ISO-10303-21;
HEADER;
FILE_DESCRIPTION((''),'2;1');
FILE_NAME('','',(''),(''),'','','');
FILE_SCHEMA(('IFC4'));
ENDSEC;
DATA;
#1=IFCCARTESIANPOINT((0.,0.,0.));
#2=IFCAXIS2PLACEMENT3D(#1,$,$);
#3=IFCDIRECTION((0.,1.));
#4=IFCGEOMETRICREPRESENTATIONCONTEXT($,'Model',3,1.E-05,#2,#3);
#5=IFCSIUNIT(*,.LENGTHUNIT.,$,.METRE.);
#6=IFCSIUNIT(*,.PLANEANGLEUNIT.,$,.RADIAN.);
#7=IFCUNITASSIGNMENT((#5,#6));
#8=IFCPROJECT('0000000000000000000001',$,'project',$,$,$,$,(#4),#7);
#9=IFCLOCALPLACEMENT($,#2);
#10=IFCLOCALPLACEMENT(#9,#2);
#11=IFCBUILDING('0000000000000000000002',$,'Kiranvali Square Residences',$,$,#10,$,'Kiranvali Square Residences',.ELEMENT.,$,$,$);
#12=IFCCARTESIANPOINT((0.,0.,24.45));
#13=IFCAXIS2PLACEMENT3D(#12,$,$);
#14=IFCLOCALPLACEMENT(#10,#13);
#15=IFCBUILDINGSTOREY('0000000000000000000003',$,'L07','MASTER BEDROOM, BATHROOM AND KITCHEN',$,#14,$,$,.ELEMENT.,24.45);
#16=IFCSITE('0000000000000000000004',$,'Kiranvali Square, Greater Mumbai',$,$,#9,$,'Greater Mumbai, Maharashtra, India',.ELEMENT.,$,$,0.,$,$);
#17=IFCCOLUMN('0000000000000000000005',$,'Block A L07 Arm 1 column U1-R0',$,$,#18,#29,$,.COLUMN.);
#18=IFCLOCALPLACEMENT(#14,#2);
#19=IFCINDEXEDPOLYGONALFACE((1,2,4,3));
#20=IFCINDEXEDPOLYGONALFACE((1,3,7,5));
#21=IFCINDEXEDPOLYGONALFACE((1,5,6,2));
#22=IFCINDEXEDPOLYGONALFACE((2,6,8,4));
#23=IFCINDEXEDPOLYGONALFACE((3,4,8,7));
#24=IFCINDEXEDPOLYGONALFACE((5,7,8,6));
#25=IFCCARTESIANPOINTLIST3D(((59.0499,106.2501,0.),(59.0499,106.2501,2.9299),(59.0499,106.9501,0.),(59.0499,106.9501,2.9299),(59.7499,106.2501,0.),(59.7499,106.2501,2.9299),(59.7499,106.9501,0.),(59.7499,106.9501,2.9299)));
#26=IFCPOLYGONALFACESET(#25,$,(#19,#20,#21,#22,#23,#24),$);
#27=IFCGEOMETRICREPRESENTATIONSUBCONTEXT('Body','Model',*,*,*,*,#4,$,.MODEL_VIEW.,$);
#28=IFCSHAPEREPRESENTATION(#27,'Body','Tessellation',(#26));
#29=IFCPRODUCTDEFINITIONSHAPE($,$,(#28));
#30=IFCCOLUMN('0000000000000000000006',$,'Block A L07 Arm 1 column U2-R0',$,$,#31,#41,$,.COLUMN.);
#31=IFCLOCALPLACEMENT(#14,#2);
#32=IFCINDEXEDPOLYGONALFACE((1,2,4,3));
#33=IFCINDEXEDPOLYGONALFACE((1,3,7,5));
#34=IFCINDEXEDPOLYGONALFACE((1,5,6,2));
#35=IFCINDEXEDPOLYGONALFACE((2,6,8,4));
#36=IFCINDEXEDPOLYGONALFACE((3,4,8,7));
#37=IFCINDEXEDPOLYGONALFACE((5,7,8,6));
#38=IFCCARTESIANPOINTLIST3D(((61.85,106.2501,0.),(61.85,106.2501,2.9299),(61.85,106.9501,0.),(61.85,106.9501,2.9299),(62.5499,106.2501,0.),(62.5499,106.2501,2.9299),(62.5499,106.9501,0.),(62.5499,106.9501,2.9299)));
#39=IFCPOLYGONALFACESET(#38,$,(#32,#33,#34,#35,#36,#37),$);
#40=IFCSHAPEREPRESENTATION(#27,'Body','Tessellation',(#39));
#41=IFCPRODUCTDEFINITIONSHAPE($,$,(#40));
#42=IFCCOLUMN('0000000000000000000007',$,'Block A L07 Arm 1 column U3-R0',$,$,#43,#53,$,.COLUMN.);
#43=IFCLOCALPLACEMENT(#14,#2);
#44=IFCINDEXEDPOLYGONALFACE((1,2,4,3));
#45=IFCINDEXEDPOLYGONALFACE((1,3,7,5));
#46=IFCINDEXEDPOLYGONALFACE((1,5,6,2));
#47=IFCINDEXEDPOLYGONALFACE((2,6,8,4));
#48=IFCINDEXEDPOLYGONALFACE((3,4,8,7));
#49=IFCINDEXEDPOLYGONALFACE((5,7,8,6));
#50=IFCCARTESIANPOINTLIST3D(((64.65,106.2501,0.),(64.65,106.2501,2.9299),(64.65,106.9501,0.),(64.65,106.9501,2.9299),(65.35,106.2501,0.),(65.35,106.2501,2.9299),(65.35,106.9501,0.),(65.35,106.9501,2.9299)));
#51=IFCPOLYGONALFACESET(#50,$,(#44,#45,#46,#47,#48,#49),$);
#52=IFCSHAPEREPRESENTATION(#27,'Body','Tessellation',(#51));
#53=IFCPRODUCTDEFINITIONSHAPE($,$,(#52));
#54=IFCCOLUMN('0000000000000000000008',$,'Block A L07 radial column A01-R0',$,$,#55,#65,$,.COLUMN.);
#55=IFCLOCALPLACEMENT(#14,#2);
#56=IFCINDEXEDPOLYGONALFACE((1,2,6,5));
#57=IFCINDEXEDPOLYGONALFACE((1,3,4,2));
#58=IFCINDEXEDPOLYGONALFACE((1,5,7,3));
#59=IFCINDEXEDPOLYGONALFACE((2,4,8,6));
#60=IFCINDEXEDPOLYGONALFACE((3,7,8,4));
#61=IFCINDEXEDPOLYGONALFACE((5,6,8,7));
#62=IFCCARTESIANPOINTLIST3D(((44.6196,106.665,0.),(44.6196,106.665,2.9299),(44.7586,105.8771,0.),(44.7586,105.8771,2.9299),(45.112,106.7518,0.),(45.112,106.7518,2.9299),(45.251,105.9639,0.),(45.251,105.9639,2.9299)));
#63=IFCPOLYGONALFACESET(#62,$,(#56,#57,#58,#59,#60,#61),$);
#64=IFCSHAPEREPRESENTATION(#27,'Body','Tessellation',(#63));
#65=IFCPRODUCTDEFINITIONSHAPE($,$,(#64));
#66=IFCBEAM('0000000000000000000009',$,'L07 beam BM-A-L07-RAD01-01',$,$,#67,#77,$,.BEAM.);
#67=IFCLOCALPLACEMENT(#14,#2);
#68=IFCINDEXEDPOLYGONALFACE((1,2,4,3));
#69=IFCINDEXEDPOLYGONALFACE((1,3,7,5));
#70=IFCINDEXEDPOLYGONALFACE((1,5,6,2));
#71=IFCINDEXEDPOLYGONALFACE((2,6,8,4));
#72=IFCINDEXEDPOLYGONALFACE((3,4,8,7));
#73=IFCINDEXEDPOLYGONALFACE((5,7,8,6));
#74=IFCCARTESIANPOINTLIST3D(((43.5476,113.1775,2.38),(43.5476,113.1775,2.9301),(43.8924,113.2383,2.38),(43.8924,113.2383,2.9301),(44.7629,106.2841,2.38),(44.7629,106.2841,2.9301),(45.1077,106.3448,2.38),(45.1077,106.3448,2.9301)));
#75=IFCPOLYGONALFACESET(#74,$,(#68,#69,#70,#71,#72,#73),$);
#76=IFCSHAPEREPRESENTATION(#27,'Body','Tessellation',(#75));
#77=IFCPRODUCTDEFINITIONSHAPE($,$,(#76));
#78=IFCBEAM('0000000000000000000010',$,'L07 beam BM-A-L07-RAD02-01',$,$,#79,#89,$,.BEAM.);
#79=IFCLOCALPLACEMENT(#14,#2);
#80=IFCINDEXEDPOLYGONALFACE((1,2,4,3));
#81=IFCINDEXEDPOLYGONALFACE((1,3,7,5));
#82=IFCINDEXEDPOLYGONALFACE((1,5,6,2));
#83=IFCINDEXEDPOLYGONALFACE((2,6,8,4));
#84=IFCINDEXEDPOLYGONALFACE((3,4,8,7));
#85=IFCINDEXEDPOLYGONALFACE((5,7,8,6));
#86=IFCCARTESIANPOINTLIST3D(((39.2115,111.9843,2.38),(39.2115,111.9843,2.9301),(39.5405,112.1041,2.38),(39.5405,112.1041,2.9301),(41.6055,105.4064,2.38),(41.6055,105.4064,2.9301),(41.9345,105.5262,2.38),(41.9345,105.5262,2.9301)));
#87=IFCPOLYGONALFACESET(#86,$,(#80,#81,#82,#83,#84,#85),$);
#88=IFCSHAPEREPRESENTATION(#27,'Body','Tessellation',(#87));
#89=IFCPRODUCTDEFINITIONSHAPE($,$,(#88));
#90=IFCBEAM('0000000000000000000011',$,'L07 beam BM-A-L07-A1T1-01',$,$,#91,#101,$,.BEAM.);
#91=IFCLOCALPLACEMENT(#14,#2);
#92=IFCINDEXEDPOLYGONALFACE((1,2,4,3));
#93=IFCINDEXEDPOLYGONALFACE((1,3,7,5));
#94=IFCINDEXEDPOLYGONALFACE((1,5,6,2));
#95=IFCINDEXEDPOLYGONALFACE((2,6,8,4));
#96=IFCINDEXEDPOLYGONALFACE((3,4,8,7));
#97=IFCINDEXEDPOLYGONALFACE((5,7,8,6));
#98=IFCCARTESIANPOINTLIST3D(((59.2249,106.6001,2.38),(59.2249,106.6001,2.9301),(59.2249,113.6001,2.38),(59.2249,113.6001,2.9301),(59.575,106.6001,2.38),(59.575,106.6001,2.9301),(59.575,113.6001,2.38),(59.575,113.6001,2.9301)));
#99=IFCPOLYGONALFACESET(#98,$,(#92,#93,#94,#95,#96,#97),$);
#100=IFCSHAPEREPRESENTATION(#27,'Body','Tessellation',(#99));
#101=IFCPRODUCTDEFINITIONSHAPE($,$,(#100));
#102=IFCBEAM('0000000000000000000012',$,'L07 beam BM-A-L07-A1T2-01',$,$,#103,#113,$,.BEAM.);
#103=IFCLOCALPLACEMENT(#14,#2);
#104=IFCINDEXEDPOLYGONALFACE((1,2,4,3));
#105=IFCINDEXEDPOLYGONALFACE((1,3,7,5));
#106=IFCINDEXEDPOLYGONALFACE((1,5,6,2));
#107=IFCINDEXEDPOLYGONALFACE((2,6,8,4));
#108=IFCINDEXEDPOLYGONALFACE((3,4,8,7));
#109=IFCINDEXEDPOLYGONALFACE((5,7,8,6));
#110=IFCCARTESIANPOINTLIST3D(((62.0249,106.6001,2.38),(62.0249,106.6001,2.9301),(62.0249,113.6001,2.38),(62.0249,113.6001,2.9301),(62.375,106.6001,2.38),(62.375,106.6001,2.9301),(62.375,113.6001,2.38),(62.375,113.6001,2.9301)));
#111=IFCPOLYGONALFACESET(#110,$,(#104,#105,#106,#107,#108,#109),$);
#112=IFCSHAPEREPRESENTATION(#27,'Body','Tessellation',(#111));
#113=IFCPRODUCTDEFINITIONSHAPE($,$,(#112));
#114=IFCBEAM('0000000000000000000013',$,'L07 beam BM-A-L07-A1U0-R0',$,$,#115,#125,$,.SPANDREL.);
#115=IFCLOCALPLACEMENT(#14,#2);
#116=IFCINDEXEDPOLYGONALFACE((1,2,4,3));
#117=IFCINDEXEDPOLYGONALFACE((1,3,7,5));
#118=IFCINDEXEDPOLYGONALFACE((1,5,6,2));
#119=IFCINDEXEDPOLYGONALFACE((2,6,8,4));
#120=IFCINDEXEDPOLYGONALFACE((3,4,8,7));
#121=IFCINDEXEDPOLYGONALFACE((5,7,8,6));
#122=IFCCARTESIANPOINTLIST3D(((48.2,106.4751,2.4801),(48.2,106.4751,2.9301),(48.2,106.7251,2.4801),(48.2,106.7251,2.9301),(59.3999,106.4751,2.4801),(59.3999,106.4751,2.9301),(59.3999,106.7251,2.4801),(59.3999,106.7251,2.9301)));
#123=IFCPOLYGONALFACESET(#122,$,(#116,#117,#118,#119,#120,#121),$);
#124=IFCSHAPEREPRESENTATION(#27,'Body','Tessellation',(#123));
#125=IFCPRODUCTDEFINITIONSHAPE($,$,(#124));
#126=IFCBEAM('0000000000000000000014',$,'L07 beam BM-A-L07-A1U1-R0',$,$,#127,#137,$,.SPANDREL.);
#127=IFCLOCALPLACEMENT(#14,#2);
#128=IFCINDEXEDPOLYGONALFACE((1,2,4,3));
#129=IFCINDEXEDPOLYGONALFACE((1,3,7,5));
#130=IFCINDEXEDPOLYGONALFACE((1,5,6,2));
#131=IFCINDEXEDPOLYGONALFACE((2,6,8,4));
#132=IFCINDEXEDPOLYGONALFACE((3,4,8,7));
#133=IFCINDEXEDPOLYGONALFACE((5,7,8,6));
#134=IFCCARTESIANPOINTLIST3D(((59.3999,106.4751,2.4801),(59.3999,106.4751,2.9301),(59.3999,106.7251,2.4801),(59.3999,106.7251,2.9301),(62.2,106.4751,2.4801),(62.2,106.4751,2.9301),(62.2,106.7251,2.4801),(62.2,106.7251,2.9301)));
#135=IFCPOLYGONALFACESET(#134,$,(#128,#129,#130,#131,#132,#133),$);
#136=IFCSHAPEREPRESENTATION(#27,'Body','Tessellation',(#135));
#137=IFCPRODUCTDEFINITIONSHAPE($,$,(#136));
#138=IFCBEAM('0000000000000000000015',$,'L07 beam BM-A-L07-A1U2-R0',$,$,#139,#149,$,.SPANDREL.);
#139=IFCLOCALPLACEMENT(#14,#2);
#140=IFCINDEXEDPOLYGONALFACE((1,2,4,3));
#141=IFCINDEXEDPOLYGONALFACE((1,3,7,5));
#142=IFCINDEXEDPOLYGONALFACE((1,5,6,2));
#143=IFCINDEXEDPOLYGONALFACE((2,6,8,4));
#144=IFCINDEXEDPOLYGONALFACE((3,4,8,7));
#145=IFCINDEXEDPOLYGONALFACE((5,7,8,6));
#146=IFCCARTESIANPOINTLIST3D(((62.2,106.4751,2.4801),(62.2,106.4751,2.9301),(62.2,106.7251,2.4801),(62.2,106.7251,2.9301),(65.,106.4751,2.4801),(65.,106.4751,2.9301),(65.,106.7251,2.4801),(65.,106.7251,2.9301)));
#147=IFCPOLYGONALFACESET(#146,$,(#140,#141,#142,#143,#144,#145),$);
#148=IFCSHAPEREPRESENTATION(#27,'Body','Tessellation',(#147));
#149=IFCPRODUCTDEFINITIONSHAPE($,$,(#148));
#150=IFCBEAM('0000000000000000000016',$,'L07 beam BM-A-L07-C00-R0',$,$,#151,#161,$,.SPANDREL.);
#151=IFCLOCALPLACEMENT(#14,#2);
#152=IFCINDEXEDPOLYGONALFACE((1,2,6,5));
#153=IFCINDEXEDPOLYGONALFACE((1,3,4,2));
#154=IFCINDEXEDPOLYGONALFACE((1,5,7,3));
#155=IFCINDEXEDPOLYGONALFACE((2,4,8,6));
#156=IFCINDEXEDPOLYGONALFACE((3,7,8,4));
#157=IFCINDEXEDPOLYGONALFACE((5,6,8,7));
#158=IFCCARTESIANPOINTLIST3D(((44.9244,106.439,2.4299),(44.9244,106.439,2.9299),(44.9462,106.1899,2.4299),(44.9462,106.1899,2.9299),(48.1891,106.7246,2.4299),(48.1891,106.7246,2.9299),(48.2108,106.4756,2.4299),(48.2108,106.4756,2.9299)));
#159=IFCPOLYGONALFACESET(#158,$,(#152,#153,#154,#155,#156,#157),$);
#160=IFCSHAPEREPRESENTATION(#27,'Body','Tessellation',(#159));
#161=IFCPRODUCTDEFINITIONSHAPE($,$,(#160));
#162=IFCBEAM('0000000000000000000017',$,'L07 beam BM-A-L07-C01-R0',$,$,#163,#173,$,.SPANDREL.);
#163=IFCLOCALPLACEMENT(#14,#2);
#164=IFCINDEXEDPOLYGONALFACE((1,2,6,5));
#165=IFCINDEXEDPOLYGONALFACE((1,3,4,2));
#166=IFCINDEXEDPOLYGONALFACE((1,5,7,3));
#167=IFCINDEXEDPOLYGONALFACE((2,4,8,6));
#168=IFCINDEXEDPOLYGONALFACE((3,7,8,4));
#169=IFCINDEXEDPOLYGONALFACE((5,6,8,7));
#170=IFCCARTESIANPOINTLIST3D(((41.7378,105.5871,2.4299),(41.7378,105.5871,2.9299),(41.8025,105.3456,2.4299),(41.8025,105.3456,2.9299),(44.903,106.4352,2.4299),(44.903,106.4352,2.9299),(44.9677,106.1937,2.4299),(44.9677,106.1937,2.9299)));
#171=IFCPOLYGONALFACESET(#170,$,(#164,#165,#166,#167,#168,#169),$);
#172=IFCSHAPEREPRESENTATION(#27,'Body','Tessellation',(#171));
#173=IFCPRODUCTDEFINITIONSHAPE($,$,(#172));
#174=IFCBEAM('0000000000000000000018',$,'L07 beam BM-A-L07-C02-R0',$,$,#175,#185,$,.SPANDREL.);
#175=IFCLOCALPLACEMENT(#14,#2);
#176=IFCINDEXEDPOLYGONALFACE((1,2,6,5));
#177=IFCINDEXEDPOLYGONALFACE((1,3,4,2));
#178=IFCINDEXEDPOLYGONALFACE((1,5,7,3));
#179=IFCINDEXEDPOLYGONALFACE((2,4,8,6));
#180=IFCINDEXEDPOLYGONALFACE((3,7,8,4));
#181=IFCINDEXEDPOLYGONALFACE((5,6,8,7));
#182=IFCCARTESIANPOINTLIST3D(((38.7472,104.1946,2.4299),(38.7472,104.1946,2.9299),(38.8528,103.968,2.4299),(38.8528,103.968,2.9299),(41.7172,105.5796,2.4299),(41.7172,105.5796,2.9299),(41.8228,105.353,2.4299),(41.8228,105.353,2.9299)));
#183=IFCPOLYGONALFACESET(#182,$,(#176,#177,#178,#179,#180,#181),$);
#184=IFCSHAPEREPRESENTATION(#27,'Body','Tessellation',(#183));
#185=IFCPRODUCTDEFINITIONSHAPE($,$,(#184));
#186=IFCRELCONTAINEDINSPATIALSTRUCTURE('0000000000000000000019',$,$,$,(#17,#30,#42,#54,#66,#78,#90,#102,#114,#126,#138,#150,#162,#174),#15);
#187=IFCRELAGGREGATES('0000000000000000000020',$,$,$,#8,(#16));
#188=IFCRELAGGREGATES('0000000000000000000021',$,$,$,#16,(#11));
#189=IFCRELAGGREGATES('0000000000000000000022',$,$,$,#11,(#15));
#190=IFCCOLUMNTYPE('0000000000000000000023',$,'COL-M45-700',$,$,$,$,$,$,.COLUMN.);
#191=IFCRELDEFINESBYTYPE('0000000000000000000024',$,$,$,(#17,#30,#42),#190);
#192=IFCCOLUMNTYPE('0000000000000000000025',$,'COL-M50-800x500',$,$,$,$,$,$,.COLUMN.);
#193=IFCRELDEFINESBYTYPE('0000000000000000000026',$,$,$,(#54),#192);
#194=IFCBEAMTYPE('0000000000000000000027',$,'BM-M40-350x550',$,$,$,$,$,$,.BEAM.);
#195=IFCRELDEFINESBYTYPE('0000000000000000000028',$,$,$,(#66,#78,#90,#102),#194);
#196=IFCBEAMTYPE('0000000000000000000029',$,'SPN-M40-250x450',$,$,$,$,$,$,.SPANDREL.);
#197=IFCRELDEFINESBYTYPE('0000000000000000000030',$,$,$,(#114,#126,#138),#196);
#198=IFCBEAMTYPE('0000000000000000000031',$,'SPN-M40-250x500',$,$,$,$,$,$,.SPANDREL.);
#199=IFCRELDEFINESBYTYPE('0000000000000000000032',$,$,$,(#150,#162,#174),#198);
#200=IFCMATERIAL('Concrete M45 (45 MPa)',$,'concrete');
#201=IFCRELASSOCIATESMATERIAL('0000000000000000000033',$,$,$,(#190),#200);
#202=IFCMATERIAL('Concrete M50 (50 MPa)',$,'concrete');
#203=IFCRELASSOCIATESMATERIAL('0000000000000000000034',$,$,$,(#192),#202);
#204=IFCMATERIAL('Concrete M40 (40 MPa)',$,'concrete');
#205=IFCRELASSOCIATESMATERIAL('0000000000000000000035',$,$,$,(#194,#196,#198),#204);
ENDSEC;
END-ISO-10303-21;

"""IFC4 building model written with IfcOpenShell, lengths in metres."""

from ifc_helpers import new_model, si_unit, direction, frame, origin, origin_2d, place, context, subcontext, project, spatial, rectangle, extrude, material, material_profile, profile_set, type_object, element, save


model = new_model("IFC4")

# Units and contexts
model_context = context("Model", 3, precision=1e-05, world=origin(), true_north=direction((0.0, 1.0)))
body_context = subcontext(model_context, "Body", "Model", "MODEL_VIEW")
ifc_project = project(units=[si_unit("LENGTHUNIT", "METRE"), si_unit("PLANEANGLEUNIT", "RADIAN")], contexts=[model_context])

# Site, building, storey
site_placement = place(None, origin())
site = spatial("IfcSite", under=ifc_project, at=site_placement, Name="Kiranvali Square, Greater Mumbai", LongName="Greater Mumbai, Maharashtra, India", CompositionType="ELEMENT", RefElevation=0.0)
building_placement = place(site_placement, origin())
building = spatial("IfcBuilding", under=site, at=building_placement, Name="Kiranvali Square Residences", LongName="Kiranvali Square Residences", CompositionType="ELEMENT")
storey_placement = place(building_placement, frame((0.0, 0.0, 24.45)))
storey = spatial("IfcBuildingStorey", under=building, at=storey_placement, Name="L07", Description="MASTER BEDROOM, BATHROOM AND KITCHEN", CompositionType="ELEMENT", Elevation=24.45)

# Columns
ifc_material_1 = material(Name="Concrete M45 (45 MPa)", Category="concrete")
ifc_material_profile_1 = material_profile(ifc_material_1, rectangle(XDim=0.7, YDim=0.7, at=origin_2d()), Name="RC 700x700")
ifc_profile_set_1 = profile_set([ifc_material_profile_1], Name="Concrete M45 (45 MPa)")
column_type_1 = type_object("IfcColumnType", Name="COL-M45-700", PredefinedType="COLUMN", material=ifc_profile_set_1)
for number, where, z_axis, x_axis, name in (
    (1, (59.3999, 106.6001, 0.0), (0.0, 0.0, 1.0), (1.0, 0.0, 0.0), "Block A L07 Arm 1 column U1-R0"),
    (2, (62.2, 106.6001, 0.0), (0.0, 0.0, 1.0), (1.0, 0.0, 0.0), "Block A L07 Arm 1 column U2-R0"),
    (3, (65.0, 106.6001, 0.0), (0.0, 0.0, 1.0), (1.0, 0.0, 0.0), "Block A L07 Arm 1 column U3-R0"),
):
    element("IfcColumn", number, at=place(storey_placement, frame(where, z_axis=z_axis, x_axis=x_axis)), inside=storey, type_object=column_type_1, Name=name, PredefinedType="COLUMN", context=body_context, shape_type="SweptSolid", body=[
        extrude(rectangle(XDim=0.7, YDim=0.7, at=origin_2d()), origin(), (0.0, 0.0, 1.0), 2.9299),
    ])
ifc_material_2 = material(Name="Concrete M50 (50 MPa)", Category="concrete")
ifc_material_profile_2 = material_profile(ifc_material_2, rectangle(XDim=0.5, YDim=0.8, at=origin_2d()), Name="RC 800x500")
ifc_profile_set_2 = profile_set([ifc_material_profile_2], Name="Concrete M50 (50 MPa)")
column_type_2 = type_object("IfcColumnType", Name="COL-M50-800x500", PredefinedType="COLUMN", material=ifc_profile_set_2)
column_placement = place(storey_placement, frame((44.9353, 106.3145, 0.0), z_axis=(0.0, 0.0, 1.0), x_axis=(0.984808, 0.173648, 0.0)))
element("IfcColumn", 4, at=column_placement, inside=storey, type_object=column_type_2, Name="Block A L07 radial column A01-R0", PredefinedType="COLUMN", context=body_context, shape_type="SweptSolid", body=[
    extrude(rectangle(XDim=0.5, YDim=0.8, at=origin_2d()), origin(), (0.0, 0.0, 1.0), 2.9299),
])

# Beams
ifc_material_3 = material(Name="Concrete M40 (40 MPa)", Category="concrete")
ifc_material_profile_3 = material_profile(ifc_material_3, rectangle(XDim=0.3501, YDim=0.55, at=origin_2d()), Name="RC 350x550")
ifc_profile_set_3 = profile_set([ifc_material_profile_3], Name="Concrete M40 (40 MPa)")
beam_type_1 = type_object("IfcBeamType", Name="BM-M40-350x550", PredefinedType="BEAM", material=ifc_profile_set_3)
beam_1_placement = place(storey_placement, frame((44.9353, 106.3145, 2.655), z_axis=(-0.173622, 0.984812, 0.0), x_axis=(-0.984812, -0.173622, 0.0)))
element("IfcBeam", 5, at=beam_1_placement, inside=storey, type_object=beam_type_1, Name="L07 beam BM-A-L07-RAD01-01", PredefinedType="BEAM", context=body_context, shape_type="SweptSolid", body=[
    extrude(rectangle(XDim=0.3501, YDim=0.55, at=origin_2d()), origin(), (0.0, 0.0, 1.0), 6.9998),
])
for number, where, z_axis, x_axis, name in (
    (6, (41.77, 105.4663, 2.655), (-0.342006, 0.939698, 0.0), (-0.939698, -0.342006, 0.0), "L07 beam BM-A-L07-RAD02-01"),
    (7, (59.3999, 106.6001, 2.655), (0.0, 1.0, 0.0), (-1.0, 0.0, 0.0), "L07 beam BM-A-L07-A1T1-01"),
    (8, (62.2, 106.6001, 2.655), (0.0, 1.0, 0.0), (-1.0, 0.0, 0.0), "L07 beam BM-A-L07-A1T2-01"),
):
    element("IfcBeam", number, at=place(storey_placement, frame(where, z_axis=z_axis, x_axis=x_axis)), inside=storey, type_object=beam_type_1, Name=name, PredefinedType="BEAM", context=body_context, shape_type="SweptSolid", body=[
        extrude(rectangle(XDim=0.3501, YDim=0.55, at=origin_2d()), origin(), (0.0, 0.0, 1.0), 7.0),
    ])
ifc_material_profile_4 = material_profile(ifc_material_3, rectangle(XDim=0.25, YDim=0.45, at=origin_2d()), Name="RC 250x450")
ifc_profile_set_4 = profile_set([ifc_material_profile_4], Name="Concrete M40 (40 MPa)")
beam_type_2 = type_object("IfcBeamType", Name="SPN-M40-250x450", PredefinedType="SPANDREL", material=ifc_profile_set_4)
beam_2_placement = place(storey_placement, frame((48.2, 106.6001, 2.7051), z_axis=(1.0, 0.0, 0.0), x_axis=(0.0, 1.0, 0.0)))
element("IfcBeam", 9, at=beam_2_placement, inside=storey, type_object=beam_type_2, Name="L07 beam BM-A-L07-A1U0-R0", PredefinedType="SPANDREL", context=body_context, shape_type="SweptSolid", body=[
    extrude(rectangle(XDim=0.25, YDim=0.45, at=origin_2d()), origin(), (0.0, 0.0, 1.0), 11.2),
])
for number, where, z_axis, x_axis, name in (
    (10, (59.3999, 106.6001, 2.7051), (1.0, 0.0, 0.0), (0.0, 1.0, 0.0), "L07 beam BM-A-L07-A1U1-R0"),
    (11, (62.2, 106.6001, 2.7051), (1.0, 0.0, 0.0), (0.0, 1.0, 0.0), "L07 beam BM-A-L07-A1U2-R0"),
):
    element("IfcBeam", number, at=place(storey_placement, frame(where, z_axis=z_axis, x_axis=x_axis)), inside=storey, type_object=beam_type_2, Name=name, PredefinedType="SPANDREL", context=body_context, shape_type="SweptSolid", body=[
        extrude(rectangle(XDim=0.25, YDim=0.45, at=origin_2d()), origin(), (0.0, 0.0, 1.0), 2.8),
    ])
ifc_material_profile_5 = material_profile(ifc_material_3, rectangle(XDim=0.25, YDim=0.5, at=origin_2d()), Name="RC 250x500")
ifc_profile_set_5 = profile_set([ifc_material_profile_5], Name="Concrete M40 (40 MPa)")
beam_type_3 = type_object("IfcBeamType", Name="SPN-M40-250x500", PredefinedType="SPANDREL", material=ifc_profile_set_5)
beam_3_placement = place(storey_placement, frame((48.2, 106.6001, 2.6799), z_axis=(-0.996194, -0.087163, 0.0), x_axis=(0.087163, -0.996194, 0.0)))
element("IfcBeam", 12, at=beam_3_placement, inside=storey, type_object=beam_type_3, Name="L07 beam BM-A-L07-C00-R0", PredefinedType="SPANDREL", context=body_context, shape_type="SweptSolid", body=[
    extrude(rectangle(XDim=0.25, YDim=0.5, at=origin_2d()), origin(), (0.0, 0.0, 1.0), 3.2771),
])
beam_4_placement = place(storey_placement, frame((44.9353, 106.3145, 2.6799), z_axis=(-0.965925, -0.258822, 0.0), x_axis=(0.258822, -0.965925, 0.0)))
element("IfcBeam", 13, at=beam_4_placement, inside=storey, type_object=beam_type_3, Name="L07 beam BM-A-L07-C01-R0", PredefinedType="SPANDREL", context=body_context, shape_type="SweptSolid", body=[
    extrude(rectangle(XDim=0.25, YDim=0.5, at=origin_2d()), origin(), (0.0, 0.0, 1.0), 3.2769),
])
beam_5_placement = place(storey_placement, frame((41.77, 105.4663, 2.6799), z_axis=(-0.906297, -0.422641, 0.0), x_axis=(0.422641, -0.906297, 0.0)))
element("IfcBeam", 14, at=beam_5_placement, inside=storey, type_object=beam_type_3, Name="L07 beam BM-A-L07-C02-R0", PredefinedType="SPANDREL", context=body_context, shape_type="SweptSolid", body=[
    extrude(rectangle(XDim=0.25, YDim=0.5, at=origin_2d()), origin(), (0.0, 0.0, 1.0), 3.2771),
])

save(model, "model.ifc")
